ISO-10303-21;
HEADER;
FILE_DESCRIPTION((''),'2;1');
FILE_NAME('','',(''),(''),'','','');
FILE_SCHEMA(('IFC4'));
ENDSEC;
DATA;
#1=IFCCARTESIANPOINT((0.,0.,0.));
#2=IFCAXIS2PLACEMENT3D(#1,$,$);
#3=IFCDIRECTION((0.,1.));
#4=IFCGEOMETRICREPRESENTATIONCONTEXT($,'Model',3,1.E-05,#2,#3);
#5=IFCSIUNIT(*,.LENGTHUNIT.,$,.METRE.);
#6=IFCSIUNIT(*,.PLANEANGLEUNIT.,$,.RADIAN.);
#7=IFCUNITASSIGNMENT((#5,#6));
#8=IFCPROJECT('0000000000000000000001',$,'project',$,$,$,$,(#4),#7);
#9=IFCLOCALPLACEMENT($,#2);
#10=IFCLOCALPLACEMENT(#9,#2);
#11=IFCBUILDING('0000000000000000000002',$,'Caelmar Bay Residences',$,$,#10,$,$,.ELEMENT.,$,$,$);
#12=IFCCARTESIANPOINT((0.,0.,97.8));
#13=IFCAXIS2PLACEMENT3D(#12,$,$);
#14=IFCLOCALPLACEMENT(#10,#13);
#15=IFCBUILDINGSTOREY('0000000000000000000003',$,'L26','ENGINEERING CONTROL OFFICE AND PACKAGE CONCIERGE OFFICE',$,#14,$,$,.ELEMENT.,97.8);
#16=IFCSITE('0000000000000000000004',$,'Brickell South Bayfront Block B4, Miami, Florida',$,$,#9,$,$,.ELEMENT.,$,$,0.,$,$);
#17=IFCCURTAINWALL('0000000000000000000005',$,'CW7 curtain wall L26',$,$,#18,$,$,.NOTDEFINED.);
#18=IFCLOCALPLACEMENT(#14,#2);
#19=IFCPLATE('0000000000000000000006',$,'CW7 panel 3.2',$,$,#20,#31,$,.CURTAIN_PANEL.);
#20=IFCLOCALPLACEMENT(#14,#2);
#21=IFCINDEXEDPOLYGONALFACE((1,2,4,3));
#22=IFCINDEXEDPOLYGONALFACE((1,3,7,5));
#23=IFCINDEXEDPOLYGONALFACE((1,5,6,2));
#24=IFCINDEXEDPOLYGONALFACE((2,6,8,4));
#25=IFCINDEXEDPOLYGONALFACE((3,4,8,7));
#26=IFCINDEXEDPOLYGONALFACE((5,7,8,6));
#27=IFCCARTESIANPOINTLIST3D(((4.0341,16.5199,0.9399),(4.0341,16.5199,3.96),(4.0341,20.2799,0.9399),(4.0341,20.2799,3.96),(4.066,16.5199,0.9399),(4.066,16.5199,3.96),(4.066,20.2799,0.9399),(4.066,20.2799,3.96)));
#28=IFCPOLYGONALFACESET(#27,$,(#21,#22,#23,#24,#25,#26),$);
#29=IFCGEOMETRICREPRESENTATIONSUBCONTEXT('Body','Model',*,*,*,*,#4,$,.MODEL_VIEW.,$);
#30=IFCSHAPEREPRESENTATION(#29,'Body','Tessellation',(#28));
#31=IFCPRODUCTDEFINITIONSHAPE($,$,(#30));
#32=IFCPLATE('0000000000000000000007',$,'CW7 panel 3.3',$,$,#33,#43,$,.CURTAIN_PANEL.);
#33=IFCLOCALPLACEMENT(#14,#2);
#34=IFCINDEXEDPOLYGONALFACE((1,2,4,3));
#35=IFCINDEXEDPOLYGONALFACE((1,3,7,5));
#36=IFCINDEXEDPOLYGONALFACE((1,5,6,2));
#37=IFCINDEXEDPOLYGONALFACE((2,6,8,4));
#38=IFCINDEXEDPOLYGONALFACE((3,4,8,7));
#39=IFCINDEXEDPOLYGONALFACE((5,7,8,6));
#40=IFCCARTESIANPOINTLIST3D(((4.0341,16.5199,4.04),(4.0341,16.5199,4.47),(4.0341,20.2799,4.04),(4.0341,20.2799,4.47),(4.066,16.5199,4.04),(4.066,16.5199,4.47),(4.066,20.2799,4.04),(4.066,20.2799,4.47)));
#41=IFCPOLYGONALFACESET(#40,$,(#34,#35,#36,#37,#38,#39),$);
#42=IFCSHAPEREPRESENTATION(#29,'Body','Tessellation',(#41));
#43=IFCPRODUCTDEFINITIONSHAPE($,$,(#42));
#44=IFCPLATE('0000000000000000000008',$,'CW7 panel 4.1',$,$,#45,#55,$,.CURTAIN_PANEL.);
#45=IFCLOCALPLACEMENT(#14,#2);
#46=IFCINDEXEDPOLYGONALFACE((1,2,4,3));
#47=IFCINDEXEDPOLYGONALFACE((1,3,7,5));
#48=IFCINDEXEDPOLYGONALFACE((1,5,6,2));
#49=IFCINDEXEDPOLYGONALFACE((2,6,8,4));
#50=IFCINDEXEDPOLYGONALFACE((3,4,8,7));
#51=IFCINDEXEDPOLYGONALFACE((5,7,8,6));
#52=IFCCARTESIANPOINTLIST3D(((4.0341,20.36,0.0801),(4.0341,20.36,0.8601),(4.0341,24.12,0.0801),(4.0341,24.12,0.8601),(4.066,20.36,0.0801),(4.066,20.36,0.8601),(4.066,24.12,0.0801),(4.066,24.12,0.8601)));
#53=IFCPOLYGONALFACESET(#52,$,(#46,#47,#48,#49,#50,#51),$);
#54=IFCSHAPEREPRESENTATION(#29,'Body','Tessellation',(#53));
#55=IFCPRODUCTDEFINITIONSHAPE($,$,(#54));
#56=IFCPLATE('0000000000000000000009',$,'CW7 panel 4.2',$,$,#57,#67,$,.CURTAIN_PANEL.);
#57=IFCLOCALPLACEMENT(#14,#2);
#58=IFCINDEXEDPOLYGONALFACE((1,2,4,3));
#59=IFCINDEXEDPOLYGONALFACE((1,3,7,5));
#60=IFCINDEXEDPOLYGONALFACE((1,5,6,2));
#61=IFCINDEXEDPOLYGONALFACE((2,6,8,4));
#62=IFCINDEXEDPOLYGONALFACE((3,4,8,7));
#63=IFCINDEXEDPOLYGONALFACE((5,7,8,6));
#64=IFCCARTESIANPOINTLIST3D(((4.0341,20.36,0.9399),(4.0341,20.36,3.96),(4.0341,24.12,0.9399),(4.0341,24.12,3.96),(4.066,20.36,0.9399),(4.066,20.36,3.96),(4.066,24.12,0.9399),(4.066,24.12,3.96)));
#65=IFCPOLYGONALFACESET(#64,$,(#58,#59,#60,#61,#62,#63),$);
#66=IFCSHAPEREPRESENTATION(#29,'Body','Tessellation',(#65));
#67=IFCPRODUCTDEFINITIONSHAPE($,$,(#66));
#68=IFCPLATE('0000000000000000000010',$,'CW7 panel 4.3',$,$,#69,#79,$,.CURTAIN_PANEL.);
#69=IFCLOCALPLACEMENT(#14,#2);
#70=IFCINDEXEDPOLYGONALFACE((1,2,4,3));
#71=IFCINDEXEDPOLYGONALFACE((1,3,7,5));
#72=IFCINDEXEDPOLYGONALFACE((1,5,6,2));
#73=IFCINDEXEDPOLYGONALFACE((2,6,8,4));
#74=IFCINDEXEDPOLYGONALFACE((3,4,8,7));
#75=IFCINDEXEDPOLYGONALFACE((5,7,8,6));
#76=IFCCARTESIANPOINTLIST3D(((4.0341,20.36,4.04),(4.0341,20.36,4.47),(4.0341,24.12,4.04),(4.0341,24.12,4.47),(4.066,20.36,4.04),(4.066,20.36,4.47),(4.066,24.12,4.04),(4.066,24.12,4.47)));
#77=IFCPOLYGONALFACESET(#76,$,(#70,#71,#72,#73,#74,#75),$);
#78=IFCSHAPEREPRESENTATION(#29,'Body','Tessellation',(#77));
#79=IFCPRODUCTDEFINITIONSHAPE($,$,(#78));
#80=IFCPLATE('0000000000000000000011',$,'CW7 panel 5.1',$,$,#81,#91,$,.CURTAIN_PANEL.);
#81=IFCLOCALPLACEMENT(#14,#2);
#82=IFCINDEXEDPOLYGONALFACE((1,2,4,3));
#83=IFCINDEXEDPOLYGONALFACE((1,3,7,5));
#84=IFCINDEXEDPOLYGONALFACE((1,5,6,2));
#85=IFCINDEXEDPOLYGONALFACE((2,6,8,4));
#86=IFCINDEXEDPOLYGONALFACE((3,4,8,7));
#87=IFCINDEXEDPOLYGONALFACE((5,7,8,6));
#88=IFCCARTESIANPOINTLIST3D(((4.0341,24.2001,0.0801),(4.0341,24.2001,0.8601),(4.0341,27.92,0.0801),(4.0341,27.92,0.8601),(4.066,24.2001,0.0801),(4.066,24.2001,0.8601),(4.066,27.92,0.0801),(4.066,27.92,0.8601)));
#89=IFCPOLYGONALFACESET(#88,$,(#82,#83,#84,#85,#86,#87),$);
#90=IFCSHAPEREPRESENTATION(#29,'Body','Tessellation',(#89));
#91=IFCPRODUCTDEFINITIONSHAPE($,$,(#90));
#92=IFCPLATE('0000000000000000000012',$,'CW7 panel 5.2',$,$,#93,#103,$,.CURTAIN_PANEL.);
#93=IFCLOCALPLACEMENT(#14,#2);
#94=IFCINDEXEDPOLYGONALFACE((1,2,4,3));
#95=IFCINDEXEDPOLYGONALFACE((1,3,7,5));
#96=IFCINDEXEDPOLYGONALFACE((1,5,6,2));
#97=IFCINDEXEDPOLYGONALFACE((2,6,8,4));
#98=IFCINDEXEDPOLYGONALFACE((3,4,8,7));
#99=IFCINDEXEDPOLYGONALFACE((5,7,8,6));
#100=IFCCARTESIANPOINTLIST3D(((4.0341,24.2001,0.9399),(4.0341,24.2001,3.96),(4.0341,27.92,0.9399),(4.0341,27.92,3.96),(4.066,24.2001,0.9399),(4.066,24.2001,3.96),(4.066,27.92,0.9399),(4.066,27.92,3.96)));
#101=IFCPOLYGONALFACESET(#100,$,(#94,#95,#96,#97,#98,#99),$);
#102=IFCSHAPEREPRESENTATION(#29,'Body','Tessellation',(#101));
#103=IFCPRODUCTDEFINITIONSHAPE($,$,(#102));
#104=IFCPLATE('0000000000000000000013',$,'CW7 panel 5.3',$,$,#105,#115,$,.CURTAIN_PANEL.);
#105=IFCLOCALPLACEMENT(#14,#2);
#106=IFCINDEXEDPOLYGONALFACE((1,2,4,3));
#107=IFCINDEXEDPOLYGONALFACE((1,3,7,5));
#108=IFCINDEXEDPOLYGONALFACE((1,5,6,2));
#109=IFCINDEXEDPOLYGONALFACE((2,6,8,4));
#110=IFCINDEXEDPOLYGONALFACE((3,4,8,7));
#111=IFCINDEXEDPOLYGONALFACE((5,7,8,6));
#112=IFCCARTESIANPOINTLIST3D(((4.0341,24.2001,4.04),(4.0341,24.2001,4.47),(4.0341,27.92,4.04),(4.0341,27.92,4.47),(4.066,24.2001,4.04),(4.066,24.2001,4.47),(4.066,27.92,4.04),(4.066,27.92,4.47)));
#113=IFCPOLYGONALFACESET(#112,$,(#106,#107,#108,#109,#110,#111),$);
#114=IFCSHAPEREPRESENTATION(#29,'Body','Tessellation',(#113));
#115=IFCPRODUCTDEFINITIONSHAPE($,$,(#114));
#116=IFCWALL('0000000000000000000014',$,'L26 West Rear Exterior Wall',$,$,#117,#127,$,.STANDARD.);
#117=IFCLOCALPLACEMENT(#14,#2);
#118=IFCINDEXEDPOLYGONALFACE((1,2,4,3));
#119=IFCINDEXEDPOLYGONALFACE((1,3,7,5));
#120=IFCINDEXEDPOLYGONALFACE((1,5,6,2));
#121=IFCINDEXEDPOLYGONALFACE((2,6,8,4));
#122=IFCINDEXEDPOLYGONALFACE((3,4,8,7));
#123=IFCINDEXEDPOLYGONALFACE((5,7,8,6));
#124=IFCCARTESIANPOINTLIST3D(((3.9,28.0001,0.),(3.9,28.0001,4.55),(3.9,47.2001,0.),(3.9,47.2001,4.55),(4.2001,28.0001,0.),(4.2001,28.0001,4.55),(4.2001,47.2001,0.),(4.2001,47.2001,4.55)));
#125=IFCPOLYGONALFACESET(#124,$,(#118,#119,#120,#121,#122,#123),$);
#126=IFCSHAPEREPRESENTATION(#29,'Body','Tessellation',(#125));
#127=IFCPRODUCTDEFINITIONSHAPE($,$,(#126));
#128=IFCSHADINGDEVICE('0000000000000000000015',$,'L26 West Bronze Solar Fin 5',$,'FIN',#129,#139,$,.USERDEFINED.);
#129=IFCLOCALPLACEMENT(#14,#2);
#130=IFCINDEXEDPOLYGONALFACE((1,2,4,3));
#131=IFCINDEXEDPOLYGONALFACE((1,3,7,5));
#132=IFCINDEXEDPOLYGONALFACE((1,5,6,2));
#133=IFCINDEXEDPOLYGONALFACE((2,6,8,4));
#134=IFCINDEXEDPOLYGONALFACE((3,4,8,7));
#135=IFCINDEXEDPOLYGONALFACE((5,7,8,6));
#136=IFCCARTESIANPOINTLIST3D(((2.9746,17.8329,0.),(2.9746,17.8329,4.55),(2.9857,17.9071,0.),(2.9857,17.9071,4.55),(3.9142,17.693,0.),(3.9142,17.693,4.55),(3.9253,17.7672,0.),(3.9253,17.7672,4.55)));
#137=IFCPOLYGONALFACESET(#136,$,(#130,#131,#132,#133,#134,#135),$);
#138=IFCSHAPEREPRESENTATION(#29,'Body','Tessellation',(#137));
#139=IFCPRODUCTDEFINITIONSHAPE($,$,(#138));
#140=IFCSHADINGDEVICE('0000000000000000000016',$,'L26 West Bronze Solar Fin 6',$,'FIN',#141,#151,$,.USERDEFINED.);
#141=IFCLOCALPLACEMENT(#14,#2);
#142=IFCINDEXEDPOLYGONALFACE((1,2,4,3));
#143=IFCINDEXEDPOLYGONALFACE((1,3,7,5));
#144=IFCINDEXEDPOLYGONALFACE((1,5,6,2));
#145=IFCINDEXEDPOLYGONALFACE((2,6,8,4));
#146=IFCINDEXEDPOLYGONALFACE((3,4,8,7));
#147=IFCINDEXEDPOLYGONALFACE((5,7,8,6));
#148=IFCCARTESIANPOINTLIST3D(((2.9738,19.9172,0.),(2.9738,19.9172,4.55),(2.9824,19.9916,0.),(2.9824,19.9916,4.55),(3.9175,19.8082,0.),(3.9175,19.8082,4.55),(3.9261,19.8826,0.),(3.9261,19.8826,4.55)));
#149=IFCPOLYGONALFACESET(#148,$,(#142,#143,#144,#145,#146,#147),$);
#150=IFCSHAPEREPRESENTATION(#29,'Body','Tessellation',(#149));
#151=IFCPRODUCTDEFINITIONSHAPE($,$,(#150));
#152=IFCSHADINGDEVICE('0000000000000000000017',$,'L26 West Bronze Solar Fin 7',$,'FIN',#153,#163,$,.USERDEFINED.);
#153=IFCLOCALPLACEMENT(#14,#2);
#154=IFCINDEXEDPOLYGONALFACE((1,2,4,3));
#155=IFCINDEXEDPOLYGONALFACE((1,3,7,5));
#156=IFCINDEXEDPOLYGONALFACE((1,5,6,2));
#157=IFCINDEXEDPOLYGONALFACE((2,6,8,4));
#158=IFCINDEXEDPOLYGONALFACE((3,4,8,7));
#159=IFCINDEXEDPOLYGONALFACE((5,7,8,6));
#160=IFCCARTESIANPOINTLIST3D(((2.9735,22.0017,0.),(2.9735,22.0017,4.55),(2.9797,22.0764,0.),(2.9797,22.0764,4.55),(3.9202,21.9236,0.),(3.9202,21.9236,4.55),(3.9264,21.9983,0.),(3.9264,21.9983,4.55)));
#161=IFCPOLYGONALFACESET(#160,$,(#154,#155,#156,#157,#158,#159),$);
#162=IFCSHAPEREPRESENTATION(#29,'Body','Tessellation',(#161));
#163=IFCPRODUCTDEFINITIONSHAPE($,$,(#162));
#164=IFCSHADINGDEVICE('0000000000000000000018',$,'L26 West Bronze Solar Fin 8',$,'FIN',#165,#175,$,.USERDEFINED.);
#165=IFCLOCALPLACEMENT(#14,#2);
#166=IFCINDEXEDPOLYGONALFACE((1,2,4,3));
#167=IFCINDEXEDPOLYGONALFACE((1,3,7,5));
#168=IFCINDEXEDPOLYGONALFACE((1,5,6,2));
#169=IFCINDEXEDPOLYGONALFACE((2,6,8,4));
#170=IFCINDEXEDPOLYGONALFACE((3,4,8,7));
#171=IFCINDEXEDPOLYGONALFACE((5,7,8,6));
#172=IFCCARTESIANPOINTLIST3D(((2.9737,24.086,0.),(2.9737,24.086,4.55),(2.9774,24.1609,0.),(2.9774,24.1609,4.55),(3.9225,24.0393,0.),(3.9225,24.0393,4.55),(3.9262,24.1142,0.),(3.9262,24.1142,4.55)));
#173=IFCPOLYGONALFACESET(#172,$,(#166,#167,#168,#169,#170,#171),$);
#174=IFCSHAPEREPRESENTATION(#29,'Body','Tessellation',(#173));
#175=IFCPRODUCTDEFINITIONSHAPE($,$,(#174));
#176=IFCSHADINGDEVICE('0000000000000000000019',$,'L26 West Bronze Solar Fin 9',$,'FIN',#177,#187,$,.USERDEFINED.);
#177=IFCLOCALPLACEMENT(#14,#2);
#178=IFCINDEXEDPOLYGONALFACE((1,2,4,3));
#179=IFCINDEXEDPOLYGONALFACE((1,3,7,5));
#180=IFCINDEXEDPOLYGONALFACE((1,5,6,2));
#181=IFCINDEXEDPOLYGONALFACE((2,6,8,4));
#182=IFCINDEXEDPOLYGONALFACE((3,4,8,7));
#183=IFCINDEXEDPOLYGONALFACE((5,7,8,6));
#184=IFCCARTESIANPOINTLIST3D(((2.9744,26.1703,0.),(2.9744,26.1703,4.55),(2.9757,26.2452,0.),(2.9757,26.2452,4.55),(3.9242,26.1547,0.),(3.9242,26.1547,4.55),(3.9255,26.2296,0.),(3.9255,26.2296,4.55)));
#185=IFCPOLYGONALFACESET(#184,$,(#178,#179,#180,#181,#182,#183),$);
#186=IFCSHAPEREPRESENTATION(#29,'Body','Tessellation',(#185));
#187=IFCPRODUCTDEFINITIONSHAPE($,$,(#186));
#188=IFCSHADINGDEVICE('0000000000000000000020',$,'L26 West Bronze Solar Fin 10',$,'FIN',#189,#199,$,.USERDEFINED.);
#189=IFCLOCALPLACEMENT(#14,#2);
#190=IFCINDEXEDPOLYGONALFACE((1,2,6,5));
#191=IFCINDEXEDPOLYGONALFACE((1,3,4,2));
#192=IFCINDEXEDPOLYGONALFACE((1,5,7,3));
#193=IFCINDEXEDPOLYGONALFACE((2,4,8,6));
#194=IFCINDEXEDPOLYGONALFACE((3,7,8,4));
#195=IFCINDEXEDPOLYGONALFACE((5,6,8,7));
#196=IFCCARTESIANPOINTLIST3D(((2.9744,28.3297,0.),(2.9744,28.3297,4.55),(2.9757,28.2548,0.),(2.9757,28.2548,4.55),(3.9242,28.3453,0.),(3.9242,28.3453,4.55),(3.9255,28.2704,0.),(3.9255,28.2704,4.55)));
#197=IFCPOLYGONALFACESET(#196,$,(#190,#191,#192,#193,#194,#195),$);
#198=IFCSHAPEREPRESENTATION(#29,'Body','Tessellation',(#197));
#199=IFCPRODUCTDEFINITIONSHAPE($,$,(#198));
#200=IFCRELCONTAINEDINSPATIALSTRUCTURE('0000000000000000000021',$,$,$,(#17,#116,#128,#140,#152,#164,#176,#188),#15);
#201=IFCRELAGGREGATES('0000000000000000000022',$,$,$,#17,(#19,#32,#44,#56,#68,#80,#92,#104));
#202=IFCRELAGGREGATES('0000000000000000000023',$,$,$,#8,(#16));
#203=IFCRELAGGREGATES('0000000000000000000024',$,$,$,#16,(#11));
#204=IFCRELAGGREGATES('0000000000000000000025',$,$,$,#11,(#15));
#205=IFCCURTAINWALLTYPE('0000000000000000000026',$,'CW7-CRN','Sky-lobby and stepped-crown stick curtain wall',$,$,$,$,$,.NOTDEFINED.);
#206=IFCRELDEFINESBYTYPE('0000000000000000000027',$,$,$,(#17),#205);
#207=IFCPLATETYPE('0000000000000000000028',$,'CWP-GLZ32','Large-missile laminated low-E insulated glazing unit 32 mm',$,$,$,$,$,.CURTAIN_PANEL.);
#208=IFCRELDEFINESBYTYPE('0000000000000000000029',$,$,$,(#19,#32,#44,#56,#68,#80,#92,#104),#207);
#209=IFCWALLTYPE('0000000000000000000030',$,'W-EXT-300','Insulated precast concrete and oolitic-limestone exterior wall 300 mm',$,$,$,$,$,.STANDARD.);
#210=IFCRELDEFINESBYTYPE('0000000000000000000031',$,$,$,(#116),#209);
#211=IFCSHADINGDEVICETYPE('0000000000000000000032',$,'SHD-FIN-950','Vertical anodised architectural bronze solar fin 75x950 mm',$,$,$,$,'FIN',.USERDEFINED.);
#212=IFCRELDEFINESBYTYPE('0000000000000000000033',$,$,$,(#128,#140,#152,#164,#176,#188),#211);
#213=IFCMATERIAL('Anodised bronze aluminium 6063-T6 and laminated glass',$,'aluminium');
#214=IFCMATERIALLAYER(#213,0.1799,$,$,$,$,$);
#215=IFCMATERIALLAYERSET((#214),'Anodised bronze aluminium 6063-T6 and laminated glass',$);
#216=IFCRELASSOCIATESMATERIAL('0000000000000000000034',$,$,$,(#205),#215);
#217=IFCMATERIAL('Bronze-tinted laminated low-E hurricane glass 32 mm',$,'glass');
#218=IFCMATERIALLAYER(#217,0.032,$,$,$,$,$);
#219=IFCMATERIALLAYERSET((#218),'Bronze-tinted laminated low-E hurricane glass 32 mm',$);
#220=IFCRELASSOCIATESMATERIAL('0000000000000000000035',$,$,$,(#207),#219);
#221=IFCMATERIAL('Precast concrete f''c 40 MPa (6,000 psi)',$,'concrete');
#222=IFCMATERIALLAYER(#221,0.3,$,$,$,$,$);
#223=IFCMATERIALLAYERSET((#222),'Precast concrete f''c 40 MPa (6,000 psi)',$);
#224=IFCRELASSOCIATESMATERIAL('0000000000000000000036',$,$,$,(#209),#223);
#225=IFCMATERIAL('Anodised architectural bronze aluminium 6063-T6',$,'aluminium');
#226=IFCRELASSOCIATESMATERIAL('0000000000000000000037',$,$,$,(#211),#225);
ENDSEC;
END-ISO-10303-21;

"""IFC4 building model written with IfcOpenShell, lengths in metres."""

from ifc_helpers import new_model, si_unit, direction, frame, frame_2d, origin, origin_2d, place, context, subcontext, project, spatial, rectangle, extrude, material, layer, layer_set, material_profile, profile_set, type_object, element, aggregate, save


model = new_model("IFC4")

# Units and contexts
model_context = context("Model", 3, precision=1e-05, world=origin(), true_north=direction((0.0, 1.0)))
body_context = subcontext(model_context, "Body", "Model", "MODEL_VIEW")
ifc_project = project(units=[si_unit("LENGTHUNIT", "METRE"), si_unit("PLANEANGLEUNIT", "RADIAN")], contexts=[model_context])

# Site, building, storey
site_placement = place(None, origin())
site = spatial("IfcSite", under=ifc_project, at=site_placement, Name="Brickell South Bayfront Block B4, Miami, Florida", CompositionType="ELEMENT", RefElevation=0.0)
building_placement = place(site_placement, origin())
building = spatial("IfcBuilding", under=site, at=building_placement, Name="Caelmar Bay Residences", CompositionType="ELEMENT")
storey_placement = place(building_placement, frame((0.0, 0.0, 97.8)))
storey = spatial("IfcBuildingStorey", under=building, at=storey_placement, Name="L26", Description="ENGINEERING CONTROL OFFICE AND PACKAGE CONCIERGE OFFICE", CompositionType="ELEMENT", Elevation=97.8)

# Curtain wall, plates
ifc_material_1 = material(Name="Anodised bronze aluminium 6063-T6 and laminated glass", Category="aluminium")
ifc_layer_1 = layer(ifc_material_1, 0.1799)
ifc_layer_set_1 = layer_set([ifc_layer_1], Name="Anodised bronze aluminium 6063-T6 and laminated glass")
curtain_wall_type = type_object("IfcCurtainWallType", Name="CW7-CRN", Description="Sky-lobby and stepped-crown stick curtain wall", PredefinedType="NOTDEFINED", material=ifc_layer_set_1)
curtain_wall_placement = place(storey_placement, origin())
curtain_wall = element("IfcCurtainWall", 1, at=curtain_wall_placement, inside=storey, type_object=curtain_wall_type, Name="CW7 curtain wall L26", PredefinedType="NOTDEFINED")
ifc_material_2 = material(Name="Bronze-tinted laminated low-E hurricane glass 32 mm", Category="glass")
ifc_layer_2 = layer(ifc_material_2, 0.032)
ifc_layer_set_2 = layer_set([ifc_layer_2], Name="Bronze-tinted laminated low-E hurricane glass 32 mm")
plate_type = type_object("IfcPlateType", Name="CWP-GLZ32", Description="Large-missile laminated low-E insulated glazing unit 32 mm", PredefinedType="CURTAIN_PANEL", material=ifc_layer_set_2)
plate_1_placement = place(storey_placement, frame((4.05, 18.3999, 0.9399), z_axis=(0.0, 0.0, 1.0), x_axis=(0.0, 1.0, 0.0)))
plate_1 = element("IfcPlate", 2, at=plate_1_placement, type_object=plate_type, Name="CW7 panel 3.2", PredefinedType="CURTAIN_PANEL", context=body_context, shape_type="SweptSolid", body=[
    extrude(rectangle(XDim=3.76, YDim=0.032, at=origin_2d()), origin(), (0.0, 0.0, 1.0), 3.02),
])
plate_2_placement = place(storey_placement, frame((4.05, 18.3999, 4.04), z_axis=(0.0, 0.0, 1.0), x_axis=(0.0, 1.0, 0.0)))
plate_2 = element("IfcPlate", 3, at=plate_2_placement, type_object=plate_type, Name="CW7 panel 3.3", PredefinedType="CURTAIN_PANEL", context=body_context, shape_type="SweptSolid", body=[
    extrude(rectangle(XDim=3.76, YDim=0.032, at=origin_2d()), origin(), (0.0, 0.0, 1.0), 0.4299),
])
plate_3_placement = place(storey_placement, frame((4.05, 22.24, 0.0801), z_axis=(0.0, 0.0, 1.0), x_axis=(0.0, 1.0, 0.0)))
plate_3 = element("IfcPlate", 4, at=plate_3_placement, type_object=plate_type, Name="CW7 panel 4.1", PredefinedType="CURTAIN_PANEL", context=body_context, shape_type="SweptSolid", body=[
    extrude(rectangle(XDim=3.76, YDim=0.032, at=origin_2d()), origin(), (0.0, 0.0, 1.0), 0.78),
])
plate_4_placement = place(storey_placement, frame((4.05, 22.24, 0.9399), z_axis=(0.0, 0.0, 1.0), x_axis=(0.0, 1.0, 0.0)))
plate_4 = element("IfcPlate", 5, at=plate_4_placement, type_object=plate_type, Name="CW7 panel 4.2", PredefinedType="CURTAIN_PANEL", context=body_context, shape_type="SweptSolid", body=[
    extrude(rectangle(XDim=3.76, YDim=0.032, at=origin_2d()), origin(), (0.0, 0.0, 1.0), 3.02),
])
plate_5_placement = place(storey_placement, frame((4.05, 22.24, 4.04), z_axis=(0.0, 0.0, 1.0), x_axis=(0.0, 1.0, 0.0)))
plate_5 = element("IfcPlate", 6, at=plate_5_placement, type_object=plate_type, Name="CW7 panel 4.3", PredefinedType="CURTAIN_PANEL", context=body_context, shape_type="SweptSolid", body=[
    extrude(rectangle(XDim=3.76, YDim=0.032, at=origin_2d()), origin(), (0.0, 0.0, 1.0), 0.4299),
])
plate_6_placement = place(storey_placement, frame((4.05, 26.0601, 0.0801), z_axis=(0.0, 0.0, 1.0), x_axis=(0.0, 1.0, 0.0)))
plate_6 = element("IfcPlate", 7, at=plate_6_placement, type_object=plate_type, Name="CW7 panel 5.1", PredefinedType="CURTAIN_PANEL", context=body_context, shape_type="SweptSolid", body=[
    extrude(rectangle(XDim=3.72, YDim=0.032, at=origin_2d()), origin(), (0.0, 0.0, 1.0), 0.78),
])
plate_7_placement = place(storey_placement, frame((4.05, 26.0601, 0.9399), z_axis=(0.0, 0.0, 1.0), x_axis=(0.0, 1.0, 0.0)))
plate_7 = element("IfcPlate", 8, at=plate_7_placement, type_object=plate_type, Name="CW7 panel 5.2", PredefinedType="CURTAIN_PANEL", context=body_context, shape_type="SweptSolid", body=[
    extrude(rectangle(XDim=3.72, YDim=0.032, at=origin_2d()), origin(), (0.0, 0.0, 1.0), 3.02),
])
plate_8_placement = place(storey_placement, frame((4.05, 26.0601, 4.04), z_axis=(0.0, 0.0, 1.0), x_axis=(0.0, 1.0, 0.0)))
plate_8 = element("IfcPlate", 9, at=plate_8_placement, type_object=plate_type, Name="CW7 panel 5.3", PredefinedType="CURTAIN_PANEL", context=body_context, shape_type="SweptSolid", body=[
    extrude(rectangle(XDim=3.72, YDim=0.032, at=origin_2d()), origin(), (0.0, 0.0, 1.0), 0.4299),
])
aggregate(curtain_wall, [plate_1, plate_2, plate_3, plate_4, plate_5, plate_6, plate_7, plate_8])

# Wall
ifc_material_3 = material(Name="Precast concrete f'c 40 MPa (6,000 psi)", Category="concrete")
ifc_layer_3 = layer(ifc_material_3, 0.3)
ifc_layer_set_3 = layer_set([ifc_layer_3], Name="Precast concrete f'c 40 MPa (6,000 psi)")
wall_type = type_object("IfcWallType", Name="W-EXT-300", Description="Insulated precast concrete and oolitic-limestone exterior wall 300 mm", PredefinedType="STANDARD", material=ifc_layer_set_3)
wall_placement = place(storey_placement, frame((4.05, 28.0, 0.0), z_axis=(0.0, 0.0, 1.0), x_axis=(0.0, 1.0, 0.0)))
element("IfcWall", 10, at=wall_placement, inside=storey, type_object=wall_type, Name="L26 West Rear Exterior Wall", PredefinedType="STANDARD", context=body_context, shape_type="SweptSolid", body=[
    extrude(rectangle(XDim=19.2, YDim=0.3, at=frame_2d((9.6001, 0.0))), origin(), (0.0, 0.0, 1.0), 4.55),
])

# Shading devices
ifc_material_4 = material(Name="Anodised architectural bronze aluminium 6063-T6", Category="aluminium")
ifc_material_profile_1 = material_profile(ifc_material_4, rectangle(XDim=0.075, YDim=0.95, at=origin_2d()), Name="BRONZE-FIN-75X950")
ifc_profile_set_1 = profile_set([ifc_material_profile_1], Name="Anodised architectural bronze aluminium 6063-T6")
shading_device_type = type_object("IfcShadingDeviceType", Name="SHD-FIN-950", Description="Vertical anodised architectural bronze solar fin 75x950 mm", ElementType="FIN", PredefinedType="USERDEFINED", material=ifc_profile_set_1)
for number, where, z_axis, x_axis, name in (
    (11, (3.45, 17.8, 0.0), (0.0, 0.0, 1.0), (0.147292, 0.989093, 0.0), "L26 West Bronze Solar Fin 5"),
    (12, (3.45, 19.8999, 0.0), (0.0, 0.0, 1.0), (0.114764, 0.993393, 0.0), "L26 West Bronze Solar Fin 6"),
    (13, (3.45, 22.0, 0.0), (0.0, 0.0, 1.0), (0.082112, 0.996623, 0.0), "L26 West Bronze Solar Fin 7"),
    (14, (3.45, 24.1001, 0.0), (0.0, 0.0, 1.0), (0.049198, 0.998789, 0.0), "L26 West Bronze Solar Fin 8"),
    (15, (3.45, 26.2, 0.0), (0.0, 0.0, 1.0), (0.016405, 0.999865, 0.0), "L26 West Bronze Solar Fin 9"),
    (16, (3.45, 28.3, 0.0), (0.0, 0.0, 1.0), (-0.016405, 0.999865, 0.0), "L26 West Bronze Solar Fin 10"),
):
    element("IfcShadingDevice", number, at=place(storey_placement, frame(where, z_axis=z_axis, x_axis=x_axis)), inside=storey, type_object=shading_device_type, Name=name, ObjectType="FIN", PredefinedType="USERDEFINED", context=body_context, shape_type="SweptSolid", body=[
        extrude(rectangle(XDim=0.075, YDim=0.95, at=origin_2d()), origin(), (0.0, 0.0, 1.0), 4.55),
    ])

save(model, "model.ifc")
